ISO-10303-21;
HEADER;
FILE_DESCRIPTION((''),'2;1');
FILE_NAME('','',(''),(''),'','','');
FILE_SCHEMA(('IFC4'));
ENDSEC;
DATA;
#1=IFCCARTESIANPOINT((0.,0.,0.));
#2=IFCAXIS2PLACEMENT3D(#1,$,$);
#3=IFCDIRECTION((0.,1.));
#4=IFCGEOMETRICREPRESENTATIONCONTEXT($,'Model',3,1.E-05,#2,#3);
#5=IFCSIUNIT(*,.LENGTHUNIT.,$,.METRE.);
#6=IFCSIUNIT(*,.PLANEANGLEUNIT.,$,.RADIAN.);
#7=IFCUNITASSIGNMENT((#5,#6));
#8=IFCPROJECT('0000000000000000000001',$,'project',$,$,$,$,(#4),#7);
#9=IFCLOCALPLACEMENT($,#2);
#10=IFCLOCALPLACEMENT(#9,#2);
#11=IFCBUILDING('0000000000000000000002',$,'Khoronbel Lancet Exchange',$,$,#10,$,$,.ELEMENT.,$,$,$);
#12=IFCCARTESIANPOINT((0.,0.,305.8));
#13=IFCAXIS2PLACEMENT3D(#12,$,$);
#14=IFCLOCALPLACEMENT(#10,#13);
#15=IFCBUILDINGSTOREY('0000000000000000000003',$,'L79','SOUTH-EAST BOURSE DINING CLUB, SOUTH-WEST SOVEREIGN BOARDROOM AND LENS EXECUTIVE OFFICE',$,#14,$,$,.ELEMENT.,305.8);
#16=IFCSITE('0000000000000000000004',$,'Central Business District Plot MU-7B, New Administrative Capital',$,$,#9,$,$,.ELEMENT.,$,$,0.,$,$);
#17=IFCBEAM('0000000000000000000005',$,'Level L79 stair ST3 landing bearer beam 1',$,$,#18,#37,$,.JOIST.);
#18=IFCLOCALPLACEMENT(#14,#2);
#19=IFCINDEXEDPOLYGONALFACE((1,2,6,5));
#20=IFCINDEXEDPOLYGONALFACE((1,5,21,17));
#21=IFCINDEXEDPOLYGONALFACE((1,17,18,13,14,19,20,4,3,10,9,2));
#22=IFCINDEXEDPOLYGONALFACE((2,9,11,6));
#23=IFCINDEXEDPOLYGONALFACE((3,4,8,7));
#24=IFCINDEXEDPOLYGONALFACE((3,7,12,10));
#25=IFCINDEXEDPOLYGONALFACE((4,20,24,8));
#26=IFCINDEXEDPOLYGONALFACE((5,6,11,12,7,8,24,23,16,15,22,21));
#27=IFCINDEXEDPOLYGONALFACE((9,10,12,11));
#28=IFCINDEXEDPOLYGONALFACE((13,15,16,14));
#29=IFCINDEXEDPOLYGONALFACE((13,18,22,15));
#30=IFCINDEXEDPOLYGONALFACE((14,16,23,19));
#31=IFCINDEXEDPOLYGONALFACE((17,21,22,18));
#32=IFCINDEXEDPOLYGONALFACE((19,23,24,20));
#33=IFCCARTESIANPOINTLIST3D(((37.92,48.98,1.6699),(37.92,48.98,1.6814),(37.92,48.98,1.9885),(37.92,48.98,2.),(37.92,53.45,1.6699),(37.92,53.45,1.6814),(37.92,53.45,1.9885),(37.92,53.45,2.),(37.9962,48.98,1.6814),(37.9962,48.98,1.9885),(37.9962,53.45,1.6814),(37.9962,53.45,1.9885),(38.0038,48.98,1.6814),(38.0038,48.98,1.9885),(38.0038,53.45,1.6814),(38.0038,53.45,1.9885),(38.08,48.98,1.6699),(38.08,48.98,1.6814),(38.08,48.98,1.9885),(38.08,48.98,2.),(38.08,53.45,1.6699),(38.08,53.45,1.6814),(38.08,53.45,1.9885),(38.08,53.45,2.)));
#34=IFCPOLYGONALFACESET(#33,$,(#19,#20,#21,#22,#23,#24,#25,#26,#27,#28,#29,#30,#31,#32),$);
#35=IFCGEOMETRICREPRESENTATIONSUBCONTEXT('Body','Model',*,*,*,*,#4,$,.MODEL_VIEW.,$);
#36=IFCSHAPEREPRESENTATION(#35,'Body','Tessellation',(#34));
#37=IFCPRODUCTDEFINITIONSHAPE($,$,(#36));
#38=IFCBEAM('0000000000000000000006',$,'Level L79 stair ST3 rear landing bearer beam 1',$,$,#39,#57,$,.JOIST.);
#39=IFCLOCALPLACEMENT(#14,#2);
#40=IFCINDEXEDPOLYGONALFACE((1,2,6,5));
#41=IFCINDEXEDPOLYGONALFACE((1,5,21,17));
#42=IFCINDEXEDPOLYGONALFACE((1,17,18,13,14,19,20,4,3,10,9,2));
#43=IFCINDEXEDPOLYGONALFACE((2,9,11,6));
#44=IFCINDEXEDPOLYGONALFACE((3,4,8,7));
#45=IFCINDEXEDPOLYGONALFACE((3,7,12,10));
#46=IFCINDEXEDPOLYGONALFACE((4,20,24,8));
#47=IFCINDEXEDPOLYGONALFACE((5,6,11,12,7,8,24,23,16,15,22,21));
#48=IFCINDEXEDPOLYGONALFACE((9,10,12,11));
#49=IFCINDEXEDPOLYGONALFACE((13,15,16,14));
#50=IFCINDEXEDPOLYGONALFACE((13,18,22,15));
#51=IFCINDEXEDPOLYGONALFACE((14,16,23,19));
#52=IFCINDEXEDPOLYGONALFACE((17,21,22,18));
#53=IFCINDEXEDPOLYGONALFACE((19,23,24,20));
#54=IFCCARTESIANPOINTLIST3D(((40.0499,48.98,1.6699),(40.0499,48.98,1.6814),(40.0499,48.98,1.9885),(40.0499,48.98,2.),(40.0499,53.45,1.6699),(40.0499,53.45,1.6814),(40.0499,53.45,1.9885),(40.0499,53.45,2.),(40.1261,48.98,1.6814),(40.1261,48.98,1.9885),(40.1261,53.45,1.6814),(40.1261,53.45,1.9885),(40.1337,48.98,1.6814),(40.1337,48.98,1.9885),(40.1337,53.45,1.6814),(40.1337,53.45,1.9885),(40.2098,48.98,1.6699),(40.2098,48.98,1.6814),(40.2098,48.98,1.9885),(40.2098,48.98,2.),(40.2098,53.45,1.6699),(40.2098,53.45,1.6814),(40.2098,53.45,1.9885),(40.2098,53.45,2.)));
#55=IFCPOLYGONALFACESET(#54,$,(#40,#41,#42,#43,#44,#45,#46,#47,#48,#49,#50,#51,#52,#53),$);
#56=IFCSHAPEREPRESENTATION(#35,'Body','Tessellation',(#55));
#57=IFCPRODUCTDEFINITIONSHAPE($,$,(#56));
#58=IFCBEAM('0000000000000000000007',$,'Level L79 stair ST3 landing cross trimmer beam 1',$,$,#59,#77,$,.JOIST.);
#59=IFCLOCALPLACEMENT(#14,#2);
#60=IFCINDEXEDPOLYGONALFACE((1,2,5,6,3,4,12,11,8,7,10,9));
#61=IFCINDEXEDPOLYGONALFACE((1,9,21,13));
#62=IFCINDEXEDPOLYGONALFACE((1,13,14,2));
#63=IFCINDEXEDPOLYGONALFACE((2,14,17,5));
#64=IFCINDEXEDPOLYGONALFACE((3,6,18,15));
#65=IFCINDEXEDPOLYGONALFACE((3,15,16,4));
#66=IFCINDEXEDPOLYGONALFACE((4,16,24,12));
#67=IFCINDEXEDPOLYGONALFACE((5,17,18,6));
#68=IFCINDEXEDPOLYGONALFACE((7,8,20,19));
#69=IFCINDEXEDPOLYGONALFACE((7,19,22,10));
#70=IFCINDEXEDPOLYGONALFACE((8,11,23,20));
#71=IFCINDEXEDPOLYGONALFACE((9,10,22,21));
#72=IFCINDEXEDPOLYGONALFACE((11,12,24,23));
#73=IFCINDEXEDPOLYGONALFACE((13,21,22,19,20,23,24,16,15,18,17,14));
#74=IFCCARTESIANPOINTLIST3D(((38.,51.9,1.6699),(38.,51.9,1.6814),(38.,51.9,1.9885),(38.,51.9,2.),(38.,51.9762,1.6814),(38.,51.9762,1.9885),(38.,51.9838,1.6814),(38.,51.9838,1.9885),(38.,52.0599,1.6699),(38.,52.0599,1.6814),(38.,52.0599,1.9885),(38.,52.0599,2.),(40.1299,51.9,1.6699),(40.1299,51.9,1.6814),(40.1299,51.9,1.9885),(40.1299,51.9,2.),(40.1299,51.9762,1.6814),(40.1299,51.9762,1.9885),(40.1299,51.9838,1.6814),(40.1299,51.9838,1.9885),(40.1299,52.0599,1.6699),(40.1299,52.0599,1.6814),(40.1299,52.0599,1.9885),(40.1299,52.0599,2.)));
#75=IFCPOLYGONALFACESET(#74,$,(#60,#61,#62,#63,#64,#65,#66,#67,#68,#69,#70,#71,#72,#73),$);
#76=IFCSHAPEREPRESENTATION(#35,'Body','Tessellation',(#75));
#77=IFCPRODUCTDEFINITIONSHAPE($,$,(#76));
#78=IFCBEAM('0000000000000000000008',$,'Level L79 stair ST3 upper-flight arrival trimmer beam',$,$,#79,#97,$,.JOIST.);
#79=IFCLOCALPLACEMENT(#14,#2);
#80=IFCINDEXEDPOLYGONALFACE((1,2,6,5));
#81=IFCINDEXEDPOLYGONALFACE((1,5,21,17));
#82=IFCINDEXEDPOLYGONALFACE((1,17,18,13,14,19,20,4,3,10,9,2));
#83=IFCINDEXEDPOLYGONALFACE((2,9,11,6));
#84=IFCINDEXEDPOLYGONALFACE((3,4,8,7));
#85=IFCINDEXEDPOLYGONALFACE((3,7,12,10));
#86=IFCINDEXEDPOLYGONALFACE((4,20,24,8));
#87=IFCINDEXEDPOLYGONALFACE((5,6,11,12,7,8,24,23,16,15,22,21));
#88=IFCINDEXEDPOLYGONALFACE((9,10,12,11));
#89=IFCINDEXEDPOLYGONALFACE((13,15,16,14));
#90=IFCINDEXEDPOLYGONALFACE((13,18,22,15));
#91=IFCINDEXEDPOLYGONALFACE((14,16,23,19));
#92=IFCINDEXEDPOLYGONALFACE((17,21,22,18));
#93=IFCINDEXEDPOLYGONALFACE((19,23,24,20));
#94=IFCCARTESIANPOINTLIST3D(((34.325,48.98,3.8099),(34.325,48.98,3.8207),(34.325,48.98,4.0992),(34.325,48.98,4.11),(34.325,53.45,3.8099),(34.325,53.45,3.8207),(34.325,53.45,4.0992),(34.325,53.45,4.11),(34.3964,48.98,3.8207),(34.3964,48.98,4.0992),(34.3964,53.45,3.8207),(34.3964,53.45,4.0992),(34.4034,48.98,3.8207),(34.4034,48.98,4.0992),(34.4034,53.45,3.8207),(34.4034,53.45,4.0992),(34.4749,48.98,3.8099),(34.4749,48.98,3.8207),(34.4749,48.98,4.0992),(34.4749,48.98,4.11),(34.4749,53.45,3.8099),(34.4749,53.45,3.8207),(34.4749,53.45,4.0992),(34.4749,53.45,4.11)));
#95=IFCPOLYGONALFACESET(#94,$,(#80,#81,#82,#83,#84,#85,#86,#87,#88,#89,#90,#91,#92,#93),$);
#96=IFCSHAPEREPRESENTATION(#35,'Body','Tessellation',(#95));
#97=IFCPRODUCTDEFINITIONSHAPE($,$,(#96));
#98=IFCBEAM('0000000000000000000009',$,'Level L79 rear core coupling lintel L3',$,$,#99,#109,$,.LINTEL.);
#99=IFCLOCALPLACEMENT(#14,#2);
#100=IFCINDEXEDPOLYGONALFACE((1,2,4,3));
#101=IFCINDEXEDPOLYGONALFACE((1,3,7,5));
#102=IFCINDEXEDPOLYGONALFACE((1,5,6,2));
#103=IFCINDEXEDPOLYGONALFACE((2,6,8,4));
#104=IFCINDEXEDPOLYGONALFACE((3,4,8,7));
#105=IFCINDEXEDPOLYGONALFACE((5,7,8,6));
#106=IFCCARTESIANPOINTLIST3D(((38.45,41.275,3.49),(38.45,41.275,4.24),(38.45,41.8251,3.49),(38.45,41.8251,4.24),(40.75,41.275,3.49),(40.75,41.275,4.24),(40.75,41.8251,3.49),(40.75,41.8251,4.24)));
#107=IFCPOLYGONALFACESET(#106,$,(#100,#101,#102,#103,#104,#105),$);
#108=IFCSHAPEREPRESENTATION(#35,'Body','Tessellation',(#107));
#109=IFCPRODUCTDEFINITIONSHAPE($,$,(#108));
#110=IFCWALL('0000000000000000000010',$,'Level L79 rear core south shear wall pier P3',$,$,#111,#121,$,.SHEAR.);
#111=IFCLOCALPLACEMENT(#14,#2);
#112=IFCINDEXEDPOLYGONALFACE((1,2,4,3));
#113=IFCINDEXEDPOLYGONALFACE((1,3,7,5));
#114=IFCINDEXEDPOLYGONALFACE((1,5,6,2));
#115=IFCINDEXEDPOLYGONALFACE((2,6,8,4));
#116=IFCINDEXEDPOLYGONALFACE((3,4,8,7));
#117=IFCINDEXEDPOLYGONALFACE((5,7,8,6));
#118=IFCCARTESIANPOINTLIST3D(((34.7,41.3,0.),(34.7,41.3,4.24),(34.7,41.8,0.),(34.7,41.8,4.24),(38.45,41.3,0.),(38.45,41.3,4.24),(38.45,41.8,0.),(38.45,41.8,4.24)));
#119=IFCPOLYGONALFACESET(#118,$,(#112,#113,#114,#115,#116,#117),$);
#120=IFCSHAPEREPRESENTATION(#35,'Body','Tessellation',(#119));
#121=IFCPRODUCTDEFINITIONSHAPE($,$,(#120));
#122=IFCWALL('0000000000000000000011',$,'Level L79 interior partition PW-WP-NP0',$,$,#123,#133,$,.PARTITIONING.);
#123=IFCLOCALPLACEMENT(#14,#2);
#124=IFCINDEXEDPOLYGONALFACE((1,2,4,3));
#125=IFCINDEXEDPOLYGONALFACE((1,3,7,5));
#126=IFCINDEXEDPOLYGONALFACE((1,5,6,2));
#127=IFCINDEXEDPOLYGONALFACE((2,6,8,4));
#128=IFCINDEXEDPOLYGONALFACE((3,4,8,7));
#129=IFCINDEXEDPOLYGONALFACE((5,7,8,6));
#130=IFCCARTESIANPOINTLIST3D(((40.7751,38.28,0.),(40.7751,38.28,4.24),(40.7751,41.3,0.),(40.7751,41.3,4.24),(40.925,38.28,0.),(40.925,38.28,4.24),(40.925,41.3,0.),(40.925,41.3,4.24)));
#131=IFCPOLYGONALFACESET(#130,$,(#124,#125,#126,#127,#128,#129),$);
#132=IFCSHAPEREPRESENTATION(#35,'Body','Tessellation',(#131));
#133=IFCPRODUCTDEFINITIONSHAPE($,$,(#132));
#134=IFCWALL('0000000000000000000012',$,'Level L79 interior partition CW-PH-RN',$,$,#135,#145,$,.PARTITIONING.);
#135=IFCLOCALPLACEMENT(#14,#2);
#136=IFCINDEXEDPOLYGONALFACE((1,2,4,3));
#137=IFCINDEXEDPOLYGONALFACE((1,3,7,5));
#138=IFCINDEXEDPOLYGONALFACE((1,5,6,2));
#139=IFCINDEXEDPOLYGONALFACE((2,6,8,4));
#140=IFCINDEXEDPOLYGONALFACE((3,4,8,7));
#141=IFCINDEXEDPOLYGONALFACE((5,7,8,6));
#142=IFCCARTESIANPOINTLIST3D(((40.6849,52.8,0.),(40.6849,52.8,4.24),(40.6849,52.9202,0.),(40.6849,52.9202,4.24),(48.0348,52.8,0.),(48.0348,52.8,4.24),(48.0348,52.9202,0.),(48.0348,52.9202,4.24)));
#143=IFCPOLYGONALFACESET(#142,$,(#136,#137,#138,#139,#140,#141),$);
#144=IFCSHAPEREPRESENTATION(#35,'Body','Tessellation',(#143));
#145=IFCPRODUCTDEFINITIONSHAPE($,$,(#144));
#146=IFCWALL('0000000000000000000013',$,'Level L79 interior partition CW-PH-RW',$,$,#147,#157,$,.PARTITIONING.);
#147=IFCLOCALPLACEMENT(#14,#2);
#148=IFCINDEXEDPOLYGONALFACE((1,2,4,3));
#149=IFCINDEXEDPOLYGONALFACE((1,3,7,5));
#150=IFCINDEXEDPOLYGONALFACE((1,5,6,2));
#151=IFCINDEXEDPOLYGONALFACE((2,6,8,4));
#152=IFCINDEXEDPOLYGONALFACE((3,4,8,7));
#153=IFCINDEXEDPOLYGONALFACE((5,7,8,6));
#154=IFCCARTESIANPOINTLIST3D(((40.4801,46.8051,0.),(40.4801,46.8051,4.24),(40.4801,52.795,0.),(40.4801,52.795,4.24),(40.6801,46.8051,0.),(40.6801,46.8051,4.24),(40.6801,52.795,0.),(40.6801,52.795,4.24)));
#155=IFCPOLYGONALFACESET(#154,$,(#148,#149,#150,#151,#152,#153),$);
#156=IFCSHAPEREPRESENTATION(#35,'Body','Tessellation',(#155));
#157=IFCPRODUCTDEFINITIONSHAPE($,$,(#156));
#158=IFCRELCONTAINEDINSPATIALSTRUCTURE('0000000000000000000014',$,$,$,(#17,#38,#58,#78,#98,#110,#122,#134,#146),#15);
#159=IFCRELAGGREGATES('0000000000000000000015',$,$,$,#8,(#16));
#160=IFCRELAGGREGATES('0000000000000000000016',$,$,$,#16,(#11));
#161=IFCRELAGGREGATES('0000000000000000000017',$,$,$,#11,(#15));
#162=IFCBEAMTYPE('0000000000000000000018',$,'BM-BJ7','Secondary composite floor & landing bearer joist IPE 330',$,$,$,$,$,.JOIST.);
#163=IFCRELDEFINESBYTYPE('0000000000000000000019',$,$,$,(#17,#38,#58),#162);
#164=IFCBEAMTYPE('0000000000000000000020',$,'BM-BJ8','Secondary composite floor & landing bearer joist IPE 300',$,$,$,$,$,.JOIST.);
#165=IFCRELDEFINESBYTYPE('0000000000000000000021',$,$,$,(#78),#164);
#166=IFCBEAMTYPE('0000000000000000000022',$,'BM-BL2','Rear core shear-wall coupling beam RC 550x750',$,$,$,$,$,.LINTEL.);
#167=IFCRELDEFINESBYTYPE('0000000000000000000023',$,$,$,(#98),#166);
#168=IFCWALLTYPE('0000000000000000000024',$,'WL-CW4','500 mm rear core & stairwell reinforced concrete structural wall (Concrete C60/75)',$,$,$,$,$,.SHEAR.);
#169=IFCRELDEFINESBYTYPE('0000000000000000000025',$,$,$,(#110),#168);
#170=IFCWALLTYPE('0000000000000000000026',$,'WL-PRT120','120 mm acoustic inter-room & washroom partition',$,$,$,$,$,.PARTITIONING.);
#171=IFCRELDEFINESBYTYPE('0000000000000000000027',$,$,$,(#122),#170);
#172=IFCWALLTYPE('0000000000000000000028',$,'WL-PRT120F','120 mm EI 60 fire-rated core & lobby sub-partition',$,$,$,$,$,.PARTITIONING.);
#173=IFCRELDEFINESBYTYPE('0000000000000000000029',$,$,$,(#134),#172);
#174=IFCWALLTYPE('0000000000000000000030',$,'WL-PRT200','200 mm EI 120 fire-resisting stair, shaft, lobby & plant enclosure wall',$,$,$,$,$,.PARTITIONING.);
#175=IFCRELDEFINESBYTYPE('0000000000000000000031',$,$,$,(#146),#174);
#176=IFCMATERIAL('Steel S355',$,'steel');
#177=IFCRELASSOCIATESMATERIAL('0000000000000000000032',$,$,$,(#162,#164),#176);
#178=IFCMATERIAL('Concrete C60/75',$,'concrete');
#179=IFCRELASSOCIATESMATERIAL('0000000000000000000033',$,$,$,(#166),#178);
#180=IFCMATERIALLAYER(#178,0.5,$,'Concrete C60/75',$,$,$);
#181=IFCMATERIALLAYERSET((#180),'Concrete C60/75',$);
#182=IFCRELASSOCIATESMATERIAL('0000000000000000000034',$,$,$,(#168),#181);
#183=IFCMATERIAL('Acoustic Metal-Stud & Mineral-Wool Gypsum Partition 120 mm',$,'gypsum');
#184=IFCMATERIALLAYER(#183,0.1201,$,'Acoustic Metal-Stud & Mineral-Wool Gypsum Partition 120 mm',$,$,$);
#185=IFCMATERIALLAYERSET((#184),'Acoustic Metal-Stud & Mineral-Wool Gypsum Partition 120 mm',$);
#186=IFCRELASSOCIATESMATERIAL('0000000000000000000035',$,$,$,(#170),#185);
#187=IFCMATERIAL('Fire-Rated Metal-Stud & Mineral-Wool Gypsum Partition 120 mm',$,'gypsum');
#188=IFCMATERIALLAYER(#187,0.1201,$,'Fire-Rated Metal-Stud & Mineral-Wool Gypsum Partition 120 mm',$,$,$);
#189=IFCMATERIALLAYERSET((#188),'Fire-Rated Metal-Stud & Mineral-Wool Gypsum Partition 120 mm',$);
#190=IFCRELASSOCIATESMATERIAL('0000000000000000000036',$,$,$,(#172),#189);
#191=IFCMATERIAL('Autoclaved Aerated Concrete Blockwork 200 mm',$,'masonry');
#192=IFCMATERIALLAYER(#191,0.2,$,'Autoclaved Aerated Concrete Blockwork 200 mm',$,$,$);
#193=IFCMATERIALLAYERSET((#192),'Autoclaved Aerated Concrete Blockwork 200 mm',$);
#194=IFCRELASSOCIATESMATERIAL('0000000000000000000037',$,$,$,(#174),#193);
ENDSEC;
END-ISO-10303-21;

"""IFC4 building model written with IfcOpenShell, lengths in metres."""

from ifc_helpers import new_model, si_unit, direction, frame, frame_2d, origin, origin_2d, place, context, subcontext, project, spatial, rectangle, i_section, extrude, material, layer, layer_set, material_profile, profile_set, type_object, element, save


model = new_model("IFC4")

# Units and contexts
model_context = context("Model", 3, precision=1e-05, world=origin(), true_north=direction((0.0, 1.0)))
body_context = subcontext(model_context, "Body", "Model", "MODEL_VIEW")
ifc_project = project(units=[si_unit("LENGTHUNIT", "METRE"), si_unit("PLANEANGLEUNIT", "RADIAN")], contexts=[model_context])

# Site, building, storey
site_placement = place(None, origin())
site = spatial("IfcSite", under=ifc_project, at=site_placement, Name="Central Business District Plot MU-7B, New Administrative Capital", CompositionType="ELEMENT", RefElevation=0.0)
building_placement = place(site_placement, origin())
building = spatial("IfcBuilding", under=site, at=building_placement, Name="Khoronbel Lancet Exchange", CompositionType="ELEMENT")
storey_placement = place(building_placement, frame((0.0, 0.0, 305.8)))
storey = spatial("IfcBuildingStorey", under=building, at=storey_placement, Name="L79", Description="SOUTH-EAST BOURSE DINING CLUB, SOUTH-WEST SOVEREIGN BOARDROOM AND LENS EXECUTIVE OFFICE", CompositionType="ELEMENT", Elevation=305.8)

# Beams
ifc_material_1 = material(Name="Steel S355", Category="steel")
ifc_material_profile_1 = material_profile(ifc_material_1, i_section(OverallWidth=0.1599, OverallDepth=0.3301, WebThickness=0.0076, FlangeThickness=0.0115, at=origin_2d()), Name="IPE 330")
ifc_profile_set_1 = profile_set([ifc_material_profile_1], Name="Steel S355")
beam_type_1 = type_object("IfcBeamType", Name="BM-BJ7", Description="Secondary composite floor & landing bearer joist IPE 330", PredefinedType="JOIST", material=ifc_profile_set_1)
for number, where, z_axis, x_axis, name in (
    (1, (38.0, 48.98, 1.835), (0.0, 1.0, 0.0), (-1.0, 0.0, 0.0), "Level L79 stair ST3 landing bearer beam 1"),
    (2, (40.1299, 48.98, 1.835), (0.0, 1.0, 0.0), (-1.0, 0.0, 0.0), "Level L79 stair ST3 rear landing bearer beam 1"),
):
    element("IfcBeam", number, at=place(storey_placement, frame(where, z_axis=z_axis, x_axis=x_axis)), inside=storey, type_object=beam_type_1, Name=name, PredefinedType="JOIST", context=body_context, shape_type="SweptSolid", body=[
        extrude(i_section(OverallWidth=0.1599, OverallDepth=0.3301, WebThickness=0.0076, FlangeThickness=0.0115, at=origin_2d()), origin(), (0.0, 0.0, 1.0), 4.47),
    ])
beam_1_placement = place(storey_placement, frame((38.0, 51.98, 1.835), z_axis=(1.0, 0.0, 0.0), x_axis=(0.0, 1.0, 0.0)))
element("IfcBeam", 3, at=beam_1_placement, inside=storey, type_object=beam_type_1, Name="Level L79 stair ST3 landing cross trimmer beam 1", PredefinedType="JOIST", context=body_context, shape_type="SweptSolid", body=[
    extrude(i_section(OverallWidth=0.1599, OverallDepth=0.3301, WebThickness=0.0076, FlangeThickness=0.0115, at=origin_2d()), origin(), (0.0, 0.0, 1.0), 2.1299),
])
ifc_material_profile_2 = material_profile(ifc_material_1, i_section(OverallWidth=0.1499, OverallDepth=0.3, WebThickness=0.0071, FlangeThickness=0.0107, at=origin_2d()), Name="IPE 300")
ifc_profile_set_2 = profile_set([ifc_material_profile_2], Name="Steel S355")
beam_type_2 = type_object("IfcBeamType", Name="BM-BJ8", Description="Secondary composite floor & landing bearer joist IPE 300", PredefinedType="JOIST", material=ifc_profile_set_2)
beam_2_placement = place(storey_placement, frame((34.3999, 48.98, 3.96), z_axis=(0.0, 1.0, 0.0), x_axis=(-1.0, 0.0, 0.0)))
element("IfcBeam", 4, at=beam_2_placement, inside=storey, type_object=beam_type_2, Name="Level L79 stair ST3 upper-flight arrival trimmer beam", PredefinedType="JOIST", context=body_context, shape_type="SweptSolid", body=[
    extrude(i_section(OverallWidth=0.1499, OverallDepth=0.3, WebThickness=0.0071, FlangeThickness=0.0107, at=origin_2d()), origin(), (0.0, 0.0, 1.0), 4.47),
])
ifc_material_2 = material(Name="Concrete C60/75", Category="concrete")
ifc_material_profile_3 = material_profile(ifc_material_2, rectangle(XDim=0.55, YDim=0.75, at=origin_2d()), Name="RC 550x750")
ifc_profile_set_3 = profile_set([ifc_material_profile_3], Name="Concrete C60/75")
beam_type_3 = type_object("IfcBeamType", Name="BM-BL2", Description="Rear core shear-wall coupling beam RC 550x750", PredefinedType="LINTEL", material=ifc_profile_set_3)
beam_3_placement = place(storey_placement, frame((38.45, 41.55, 3.865), z_axis=(1.0, 0.0, 0.0), x_axis=(0.0, 1.0, 0.0)))
element("IfcBeam", 5, at=beam_3_placement, inside=storey, type_object=beam_type_3, Name="Level L79 rear core coupling lintel L3", PredefinedType="LINTEL", context=body_context, shape_type="SweptSolid", body=[
    extrude(rectangle(XDim=0.55, YDim=0.75, at=origin_2d()), origin(), (0.0, 0.0, 1.0), 2.3),
])

# Walls
ifc_layer_1 = layer(ifc_material_2, 0.5, Name="Concrete C60/75")
ifc_layer_set_1 = layer_set([ifc_layer_1], Name="Concrete C60/75")
wall_type_1 = type_object("IfcWallType", Name="WL-CW4", Description="500 mm rear core & stairwell reinforced concrete structural wall (Concrete C60/75)", PredefinedType="SHEAR", material=ifc_layer_set_1)
wall_1_placement = place(storey_placement, frame((38.45, 41.55, 0.0), z_axis=(0.0, 0.0, 1.0), x_axis=(-1.0, 0.0, 0.0)))
element("IfcWall", 6, at=wall_1_placement, inside=storey, type_object=wall_type_1, Name="Level L79 rear core south shear wall pier P3", PredefinedType="SHEAR", context=body_context, shape_type="SweptSolid", body=[
    extrude(rectangle(XDim=3.75, YDim=0.5, at=frame_2d((1.875, 0.0))), origin(), (0.0, 0.0, 1.0), 4.24),
])
ifc_material_3 = material(Name="Acoustic Metal-Stud & Mineral-Wool Gypsum Partition 120 mm", Category="gypsum")
ifc_layer_2 = layer(ifc_material_3, 0.1201, Name="Acoustic Metal-Stud & Mineral-Wool Gypsum Partition 120 mm")
ifc_layer_set_2 = layer_set([ifc_layer_2], Name="Acoustic Metal-Stud & Mineral-Wool Gypsum Partition 120 mm")
wall_type_2 = type_object("IfcWallType", Name="WL-PRT120", Description="120 mm acoustic inter-room & washroom partition", PredefinedType="PARTITIONING", material=ifc_layer_set_2)
wall_2_placement = place(storey_placement, frame((40.8501, 38.28, 0.0), z_axis=(0.0, 0.0, 1.0), x_axis=(0.0, 1.0, 0.0)))
element("IfcWall", 7, at=wall_2_placement, inside=storey, type_object=wall_type_2, Name="Level L79 interior partition PW-WP-NP0", PredefinedType="PARTITIONING", context=body_context, shape_type="SweptSolid", body=[
    extrude(rectangle(XDim=3.02, YDim=0.1499, at=frame_2d((1.51, 0.0))), origin(), (0.0, 0.0, 1.0), 4.24),
])
ifc_material_4 = material(Name="Fire-Rated Metal-Stud & Mineral-Wool Gypsum Partition 120 mm", Category="gypsum")
ifc_layer_3 = layer(ifc_material_4, 0.1201, Name="Fire-Rated Metal-Stud & Mineral-Wool Gypsum Partition 120 mm")
ifc_layer_set_3 = layer_set([ifc_layer_3], Name="Fire-Rated Metal-Stud & Mineral-Wool Gypsum Partition 120 mm")
wall_type_3 = type_object("IfcWallType", Name="WL-PRT120F", Description="120 mm EI 60 fire-rated core & lobby sub-partition", PredefinedType="PARTITIONING", material=ifc_layer_set_3)
wall_3_placement = place(storey_placement, frame((40.6851, 52.8601, 0.0), z_axis=(0.0, 0.0, 1.0), x_axis=(1.0, 0.0, 0.0)))
element("IfcWall", 8, at=wall_3_placement, inside=storey, type_object=wall_type_3, Name="Level L79 interior partition CW-PH-RN", PredefinedType="PARTITIONING", context=body_context, shape_type="SweptSolid", body=[
    extrude(rectangle(XDim=7.3499, YDim=0.1201, at=frame_2d((3.6748, 0.0))), origin(), (0.0, 0.0, 1.0), 4.24),
])
ifc_material_5 = material(Name="Autoclaved Aerated Concrete Blockwork 200 mm", Category="masonry")
ifc_layer_4 = layer(ifc_material_5, 0.2, Name="Autoclaved Aerated Concrete Blockwork 200 mm")
ifc_layer_set_4 = layer_set([ifc_layer_4], Name="Autoclaved Aerated Concrete Blockwork 200 mm")
wall_type_4 = type_object("IfcWallType", Name="WL-PRT200", Description="200 mm EI 120 fire-resisting stair, shaft, lobby & plant enclosure wall", PredefinedType="PARTITIONING", material=ifc_layer_set_4)
wall_4_placement = place(storey_placement, frame((40.5801, 46.8049, 0.0), z_axis=(0.0, 0.0, 1.0), x_axis=(0.0, 1.0, 0.0)))
element("IfcWall", 9, at=wall_4_placement, inside=storey, type_object=wall_type_4, Name="Level L79 interior partition CW-PH-RW", PredefinedType="PARTITIONING", context=body_context, shape_type="SweptSolid", body=[
    extrude(rectangle(XDim=5.99, YDim=0.2, at=frame_2d((2.9951, 0.0))), origin(), (0.0, 0.0, 1.0), 4.24),
])

save(model, "model.ifc")
